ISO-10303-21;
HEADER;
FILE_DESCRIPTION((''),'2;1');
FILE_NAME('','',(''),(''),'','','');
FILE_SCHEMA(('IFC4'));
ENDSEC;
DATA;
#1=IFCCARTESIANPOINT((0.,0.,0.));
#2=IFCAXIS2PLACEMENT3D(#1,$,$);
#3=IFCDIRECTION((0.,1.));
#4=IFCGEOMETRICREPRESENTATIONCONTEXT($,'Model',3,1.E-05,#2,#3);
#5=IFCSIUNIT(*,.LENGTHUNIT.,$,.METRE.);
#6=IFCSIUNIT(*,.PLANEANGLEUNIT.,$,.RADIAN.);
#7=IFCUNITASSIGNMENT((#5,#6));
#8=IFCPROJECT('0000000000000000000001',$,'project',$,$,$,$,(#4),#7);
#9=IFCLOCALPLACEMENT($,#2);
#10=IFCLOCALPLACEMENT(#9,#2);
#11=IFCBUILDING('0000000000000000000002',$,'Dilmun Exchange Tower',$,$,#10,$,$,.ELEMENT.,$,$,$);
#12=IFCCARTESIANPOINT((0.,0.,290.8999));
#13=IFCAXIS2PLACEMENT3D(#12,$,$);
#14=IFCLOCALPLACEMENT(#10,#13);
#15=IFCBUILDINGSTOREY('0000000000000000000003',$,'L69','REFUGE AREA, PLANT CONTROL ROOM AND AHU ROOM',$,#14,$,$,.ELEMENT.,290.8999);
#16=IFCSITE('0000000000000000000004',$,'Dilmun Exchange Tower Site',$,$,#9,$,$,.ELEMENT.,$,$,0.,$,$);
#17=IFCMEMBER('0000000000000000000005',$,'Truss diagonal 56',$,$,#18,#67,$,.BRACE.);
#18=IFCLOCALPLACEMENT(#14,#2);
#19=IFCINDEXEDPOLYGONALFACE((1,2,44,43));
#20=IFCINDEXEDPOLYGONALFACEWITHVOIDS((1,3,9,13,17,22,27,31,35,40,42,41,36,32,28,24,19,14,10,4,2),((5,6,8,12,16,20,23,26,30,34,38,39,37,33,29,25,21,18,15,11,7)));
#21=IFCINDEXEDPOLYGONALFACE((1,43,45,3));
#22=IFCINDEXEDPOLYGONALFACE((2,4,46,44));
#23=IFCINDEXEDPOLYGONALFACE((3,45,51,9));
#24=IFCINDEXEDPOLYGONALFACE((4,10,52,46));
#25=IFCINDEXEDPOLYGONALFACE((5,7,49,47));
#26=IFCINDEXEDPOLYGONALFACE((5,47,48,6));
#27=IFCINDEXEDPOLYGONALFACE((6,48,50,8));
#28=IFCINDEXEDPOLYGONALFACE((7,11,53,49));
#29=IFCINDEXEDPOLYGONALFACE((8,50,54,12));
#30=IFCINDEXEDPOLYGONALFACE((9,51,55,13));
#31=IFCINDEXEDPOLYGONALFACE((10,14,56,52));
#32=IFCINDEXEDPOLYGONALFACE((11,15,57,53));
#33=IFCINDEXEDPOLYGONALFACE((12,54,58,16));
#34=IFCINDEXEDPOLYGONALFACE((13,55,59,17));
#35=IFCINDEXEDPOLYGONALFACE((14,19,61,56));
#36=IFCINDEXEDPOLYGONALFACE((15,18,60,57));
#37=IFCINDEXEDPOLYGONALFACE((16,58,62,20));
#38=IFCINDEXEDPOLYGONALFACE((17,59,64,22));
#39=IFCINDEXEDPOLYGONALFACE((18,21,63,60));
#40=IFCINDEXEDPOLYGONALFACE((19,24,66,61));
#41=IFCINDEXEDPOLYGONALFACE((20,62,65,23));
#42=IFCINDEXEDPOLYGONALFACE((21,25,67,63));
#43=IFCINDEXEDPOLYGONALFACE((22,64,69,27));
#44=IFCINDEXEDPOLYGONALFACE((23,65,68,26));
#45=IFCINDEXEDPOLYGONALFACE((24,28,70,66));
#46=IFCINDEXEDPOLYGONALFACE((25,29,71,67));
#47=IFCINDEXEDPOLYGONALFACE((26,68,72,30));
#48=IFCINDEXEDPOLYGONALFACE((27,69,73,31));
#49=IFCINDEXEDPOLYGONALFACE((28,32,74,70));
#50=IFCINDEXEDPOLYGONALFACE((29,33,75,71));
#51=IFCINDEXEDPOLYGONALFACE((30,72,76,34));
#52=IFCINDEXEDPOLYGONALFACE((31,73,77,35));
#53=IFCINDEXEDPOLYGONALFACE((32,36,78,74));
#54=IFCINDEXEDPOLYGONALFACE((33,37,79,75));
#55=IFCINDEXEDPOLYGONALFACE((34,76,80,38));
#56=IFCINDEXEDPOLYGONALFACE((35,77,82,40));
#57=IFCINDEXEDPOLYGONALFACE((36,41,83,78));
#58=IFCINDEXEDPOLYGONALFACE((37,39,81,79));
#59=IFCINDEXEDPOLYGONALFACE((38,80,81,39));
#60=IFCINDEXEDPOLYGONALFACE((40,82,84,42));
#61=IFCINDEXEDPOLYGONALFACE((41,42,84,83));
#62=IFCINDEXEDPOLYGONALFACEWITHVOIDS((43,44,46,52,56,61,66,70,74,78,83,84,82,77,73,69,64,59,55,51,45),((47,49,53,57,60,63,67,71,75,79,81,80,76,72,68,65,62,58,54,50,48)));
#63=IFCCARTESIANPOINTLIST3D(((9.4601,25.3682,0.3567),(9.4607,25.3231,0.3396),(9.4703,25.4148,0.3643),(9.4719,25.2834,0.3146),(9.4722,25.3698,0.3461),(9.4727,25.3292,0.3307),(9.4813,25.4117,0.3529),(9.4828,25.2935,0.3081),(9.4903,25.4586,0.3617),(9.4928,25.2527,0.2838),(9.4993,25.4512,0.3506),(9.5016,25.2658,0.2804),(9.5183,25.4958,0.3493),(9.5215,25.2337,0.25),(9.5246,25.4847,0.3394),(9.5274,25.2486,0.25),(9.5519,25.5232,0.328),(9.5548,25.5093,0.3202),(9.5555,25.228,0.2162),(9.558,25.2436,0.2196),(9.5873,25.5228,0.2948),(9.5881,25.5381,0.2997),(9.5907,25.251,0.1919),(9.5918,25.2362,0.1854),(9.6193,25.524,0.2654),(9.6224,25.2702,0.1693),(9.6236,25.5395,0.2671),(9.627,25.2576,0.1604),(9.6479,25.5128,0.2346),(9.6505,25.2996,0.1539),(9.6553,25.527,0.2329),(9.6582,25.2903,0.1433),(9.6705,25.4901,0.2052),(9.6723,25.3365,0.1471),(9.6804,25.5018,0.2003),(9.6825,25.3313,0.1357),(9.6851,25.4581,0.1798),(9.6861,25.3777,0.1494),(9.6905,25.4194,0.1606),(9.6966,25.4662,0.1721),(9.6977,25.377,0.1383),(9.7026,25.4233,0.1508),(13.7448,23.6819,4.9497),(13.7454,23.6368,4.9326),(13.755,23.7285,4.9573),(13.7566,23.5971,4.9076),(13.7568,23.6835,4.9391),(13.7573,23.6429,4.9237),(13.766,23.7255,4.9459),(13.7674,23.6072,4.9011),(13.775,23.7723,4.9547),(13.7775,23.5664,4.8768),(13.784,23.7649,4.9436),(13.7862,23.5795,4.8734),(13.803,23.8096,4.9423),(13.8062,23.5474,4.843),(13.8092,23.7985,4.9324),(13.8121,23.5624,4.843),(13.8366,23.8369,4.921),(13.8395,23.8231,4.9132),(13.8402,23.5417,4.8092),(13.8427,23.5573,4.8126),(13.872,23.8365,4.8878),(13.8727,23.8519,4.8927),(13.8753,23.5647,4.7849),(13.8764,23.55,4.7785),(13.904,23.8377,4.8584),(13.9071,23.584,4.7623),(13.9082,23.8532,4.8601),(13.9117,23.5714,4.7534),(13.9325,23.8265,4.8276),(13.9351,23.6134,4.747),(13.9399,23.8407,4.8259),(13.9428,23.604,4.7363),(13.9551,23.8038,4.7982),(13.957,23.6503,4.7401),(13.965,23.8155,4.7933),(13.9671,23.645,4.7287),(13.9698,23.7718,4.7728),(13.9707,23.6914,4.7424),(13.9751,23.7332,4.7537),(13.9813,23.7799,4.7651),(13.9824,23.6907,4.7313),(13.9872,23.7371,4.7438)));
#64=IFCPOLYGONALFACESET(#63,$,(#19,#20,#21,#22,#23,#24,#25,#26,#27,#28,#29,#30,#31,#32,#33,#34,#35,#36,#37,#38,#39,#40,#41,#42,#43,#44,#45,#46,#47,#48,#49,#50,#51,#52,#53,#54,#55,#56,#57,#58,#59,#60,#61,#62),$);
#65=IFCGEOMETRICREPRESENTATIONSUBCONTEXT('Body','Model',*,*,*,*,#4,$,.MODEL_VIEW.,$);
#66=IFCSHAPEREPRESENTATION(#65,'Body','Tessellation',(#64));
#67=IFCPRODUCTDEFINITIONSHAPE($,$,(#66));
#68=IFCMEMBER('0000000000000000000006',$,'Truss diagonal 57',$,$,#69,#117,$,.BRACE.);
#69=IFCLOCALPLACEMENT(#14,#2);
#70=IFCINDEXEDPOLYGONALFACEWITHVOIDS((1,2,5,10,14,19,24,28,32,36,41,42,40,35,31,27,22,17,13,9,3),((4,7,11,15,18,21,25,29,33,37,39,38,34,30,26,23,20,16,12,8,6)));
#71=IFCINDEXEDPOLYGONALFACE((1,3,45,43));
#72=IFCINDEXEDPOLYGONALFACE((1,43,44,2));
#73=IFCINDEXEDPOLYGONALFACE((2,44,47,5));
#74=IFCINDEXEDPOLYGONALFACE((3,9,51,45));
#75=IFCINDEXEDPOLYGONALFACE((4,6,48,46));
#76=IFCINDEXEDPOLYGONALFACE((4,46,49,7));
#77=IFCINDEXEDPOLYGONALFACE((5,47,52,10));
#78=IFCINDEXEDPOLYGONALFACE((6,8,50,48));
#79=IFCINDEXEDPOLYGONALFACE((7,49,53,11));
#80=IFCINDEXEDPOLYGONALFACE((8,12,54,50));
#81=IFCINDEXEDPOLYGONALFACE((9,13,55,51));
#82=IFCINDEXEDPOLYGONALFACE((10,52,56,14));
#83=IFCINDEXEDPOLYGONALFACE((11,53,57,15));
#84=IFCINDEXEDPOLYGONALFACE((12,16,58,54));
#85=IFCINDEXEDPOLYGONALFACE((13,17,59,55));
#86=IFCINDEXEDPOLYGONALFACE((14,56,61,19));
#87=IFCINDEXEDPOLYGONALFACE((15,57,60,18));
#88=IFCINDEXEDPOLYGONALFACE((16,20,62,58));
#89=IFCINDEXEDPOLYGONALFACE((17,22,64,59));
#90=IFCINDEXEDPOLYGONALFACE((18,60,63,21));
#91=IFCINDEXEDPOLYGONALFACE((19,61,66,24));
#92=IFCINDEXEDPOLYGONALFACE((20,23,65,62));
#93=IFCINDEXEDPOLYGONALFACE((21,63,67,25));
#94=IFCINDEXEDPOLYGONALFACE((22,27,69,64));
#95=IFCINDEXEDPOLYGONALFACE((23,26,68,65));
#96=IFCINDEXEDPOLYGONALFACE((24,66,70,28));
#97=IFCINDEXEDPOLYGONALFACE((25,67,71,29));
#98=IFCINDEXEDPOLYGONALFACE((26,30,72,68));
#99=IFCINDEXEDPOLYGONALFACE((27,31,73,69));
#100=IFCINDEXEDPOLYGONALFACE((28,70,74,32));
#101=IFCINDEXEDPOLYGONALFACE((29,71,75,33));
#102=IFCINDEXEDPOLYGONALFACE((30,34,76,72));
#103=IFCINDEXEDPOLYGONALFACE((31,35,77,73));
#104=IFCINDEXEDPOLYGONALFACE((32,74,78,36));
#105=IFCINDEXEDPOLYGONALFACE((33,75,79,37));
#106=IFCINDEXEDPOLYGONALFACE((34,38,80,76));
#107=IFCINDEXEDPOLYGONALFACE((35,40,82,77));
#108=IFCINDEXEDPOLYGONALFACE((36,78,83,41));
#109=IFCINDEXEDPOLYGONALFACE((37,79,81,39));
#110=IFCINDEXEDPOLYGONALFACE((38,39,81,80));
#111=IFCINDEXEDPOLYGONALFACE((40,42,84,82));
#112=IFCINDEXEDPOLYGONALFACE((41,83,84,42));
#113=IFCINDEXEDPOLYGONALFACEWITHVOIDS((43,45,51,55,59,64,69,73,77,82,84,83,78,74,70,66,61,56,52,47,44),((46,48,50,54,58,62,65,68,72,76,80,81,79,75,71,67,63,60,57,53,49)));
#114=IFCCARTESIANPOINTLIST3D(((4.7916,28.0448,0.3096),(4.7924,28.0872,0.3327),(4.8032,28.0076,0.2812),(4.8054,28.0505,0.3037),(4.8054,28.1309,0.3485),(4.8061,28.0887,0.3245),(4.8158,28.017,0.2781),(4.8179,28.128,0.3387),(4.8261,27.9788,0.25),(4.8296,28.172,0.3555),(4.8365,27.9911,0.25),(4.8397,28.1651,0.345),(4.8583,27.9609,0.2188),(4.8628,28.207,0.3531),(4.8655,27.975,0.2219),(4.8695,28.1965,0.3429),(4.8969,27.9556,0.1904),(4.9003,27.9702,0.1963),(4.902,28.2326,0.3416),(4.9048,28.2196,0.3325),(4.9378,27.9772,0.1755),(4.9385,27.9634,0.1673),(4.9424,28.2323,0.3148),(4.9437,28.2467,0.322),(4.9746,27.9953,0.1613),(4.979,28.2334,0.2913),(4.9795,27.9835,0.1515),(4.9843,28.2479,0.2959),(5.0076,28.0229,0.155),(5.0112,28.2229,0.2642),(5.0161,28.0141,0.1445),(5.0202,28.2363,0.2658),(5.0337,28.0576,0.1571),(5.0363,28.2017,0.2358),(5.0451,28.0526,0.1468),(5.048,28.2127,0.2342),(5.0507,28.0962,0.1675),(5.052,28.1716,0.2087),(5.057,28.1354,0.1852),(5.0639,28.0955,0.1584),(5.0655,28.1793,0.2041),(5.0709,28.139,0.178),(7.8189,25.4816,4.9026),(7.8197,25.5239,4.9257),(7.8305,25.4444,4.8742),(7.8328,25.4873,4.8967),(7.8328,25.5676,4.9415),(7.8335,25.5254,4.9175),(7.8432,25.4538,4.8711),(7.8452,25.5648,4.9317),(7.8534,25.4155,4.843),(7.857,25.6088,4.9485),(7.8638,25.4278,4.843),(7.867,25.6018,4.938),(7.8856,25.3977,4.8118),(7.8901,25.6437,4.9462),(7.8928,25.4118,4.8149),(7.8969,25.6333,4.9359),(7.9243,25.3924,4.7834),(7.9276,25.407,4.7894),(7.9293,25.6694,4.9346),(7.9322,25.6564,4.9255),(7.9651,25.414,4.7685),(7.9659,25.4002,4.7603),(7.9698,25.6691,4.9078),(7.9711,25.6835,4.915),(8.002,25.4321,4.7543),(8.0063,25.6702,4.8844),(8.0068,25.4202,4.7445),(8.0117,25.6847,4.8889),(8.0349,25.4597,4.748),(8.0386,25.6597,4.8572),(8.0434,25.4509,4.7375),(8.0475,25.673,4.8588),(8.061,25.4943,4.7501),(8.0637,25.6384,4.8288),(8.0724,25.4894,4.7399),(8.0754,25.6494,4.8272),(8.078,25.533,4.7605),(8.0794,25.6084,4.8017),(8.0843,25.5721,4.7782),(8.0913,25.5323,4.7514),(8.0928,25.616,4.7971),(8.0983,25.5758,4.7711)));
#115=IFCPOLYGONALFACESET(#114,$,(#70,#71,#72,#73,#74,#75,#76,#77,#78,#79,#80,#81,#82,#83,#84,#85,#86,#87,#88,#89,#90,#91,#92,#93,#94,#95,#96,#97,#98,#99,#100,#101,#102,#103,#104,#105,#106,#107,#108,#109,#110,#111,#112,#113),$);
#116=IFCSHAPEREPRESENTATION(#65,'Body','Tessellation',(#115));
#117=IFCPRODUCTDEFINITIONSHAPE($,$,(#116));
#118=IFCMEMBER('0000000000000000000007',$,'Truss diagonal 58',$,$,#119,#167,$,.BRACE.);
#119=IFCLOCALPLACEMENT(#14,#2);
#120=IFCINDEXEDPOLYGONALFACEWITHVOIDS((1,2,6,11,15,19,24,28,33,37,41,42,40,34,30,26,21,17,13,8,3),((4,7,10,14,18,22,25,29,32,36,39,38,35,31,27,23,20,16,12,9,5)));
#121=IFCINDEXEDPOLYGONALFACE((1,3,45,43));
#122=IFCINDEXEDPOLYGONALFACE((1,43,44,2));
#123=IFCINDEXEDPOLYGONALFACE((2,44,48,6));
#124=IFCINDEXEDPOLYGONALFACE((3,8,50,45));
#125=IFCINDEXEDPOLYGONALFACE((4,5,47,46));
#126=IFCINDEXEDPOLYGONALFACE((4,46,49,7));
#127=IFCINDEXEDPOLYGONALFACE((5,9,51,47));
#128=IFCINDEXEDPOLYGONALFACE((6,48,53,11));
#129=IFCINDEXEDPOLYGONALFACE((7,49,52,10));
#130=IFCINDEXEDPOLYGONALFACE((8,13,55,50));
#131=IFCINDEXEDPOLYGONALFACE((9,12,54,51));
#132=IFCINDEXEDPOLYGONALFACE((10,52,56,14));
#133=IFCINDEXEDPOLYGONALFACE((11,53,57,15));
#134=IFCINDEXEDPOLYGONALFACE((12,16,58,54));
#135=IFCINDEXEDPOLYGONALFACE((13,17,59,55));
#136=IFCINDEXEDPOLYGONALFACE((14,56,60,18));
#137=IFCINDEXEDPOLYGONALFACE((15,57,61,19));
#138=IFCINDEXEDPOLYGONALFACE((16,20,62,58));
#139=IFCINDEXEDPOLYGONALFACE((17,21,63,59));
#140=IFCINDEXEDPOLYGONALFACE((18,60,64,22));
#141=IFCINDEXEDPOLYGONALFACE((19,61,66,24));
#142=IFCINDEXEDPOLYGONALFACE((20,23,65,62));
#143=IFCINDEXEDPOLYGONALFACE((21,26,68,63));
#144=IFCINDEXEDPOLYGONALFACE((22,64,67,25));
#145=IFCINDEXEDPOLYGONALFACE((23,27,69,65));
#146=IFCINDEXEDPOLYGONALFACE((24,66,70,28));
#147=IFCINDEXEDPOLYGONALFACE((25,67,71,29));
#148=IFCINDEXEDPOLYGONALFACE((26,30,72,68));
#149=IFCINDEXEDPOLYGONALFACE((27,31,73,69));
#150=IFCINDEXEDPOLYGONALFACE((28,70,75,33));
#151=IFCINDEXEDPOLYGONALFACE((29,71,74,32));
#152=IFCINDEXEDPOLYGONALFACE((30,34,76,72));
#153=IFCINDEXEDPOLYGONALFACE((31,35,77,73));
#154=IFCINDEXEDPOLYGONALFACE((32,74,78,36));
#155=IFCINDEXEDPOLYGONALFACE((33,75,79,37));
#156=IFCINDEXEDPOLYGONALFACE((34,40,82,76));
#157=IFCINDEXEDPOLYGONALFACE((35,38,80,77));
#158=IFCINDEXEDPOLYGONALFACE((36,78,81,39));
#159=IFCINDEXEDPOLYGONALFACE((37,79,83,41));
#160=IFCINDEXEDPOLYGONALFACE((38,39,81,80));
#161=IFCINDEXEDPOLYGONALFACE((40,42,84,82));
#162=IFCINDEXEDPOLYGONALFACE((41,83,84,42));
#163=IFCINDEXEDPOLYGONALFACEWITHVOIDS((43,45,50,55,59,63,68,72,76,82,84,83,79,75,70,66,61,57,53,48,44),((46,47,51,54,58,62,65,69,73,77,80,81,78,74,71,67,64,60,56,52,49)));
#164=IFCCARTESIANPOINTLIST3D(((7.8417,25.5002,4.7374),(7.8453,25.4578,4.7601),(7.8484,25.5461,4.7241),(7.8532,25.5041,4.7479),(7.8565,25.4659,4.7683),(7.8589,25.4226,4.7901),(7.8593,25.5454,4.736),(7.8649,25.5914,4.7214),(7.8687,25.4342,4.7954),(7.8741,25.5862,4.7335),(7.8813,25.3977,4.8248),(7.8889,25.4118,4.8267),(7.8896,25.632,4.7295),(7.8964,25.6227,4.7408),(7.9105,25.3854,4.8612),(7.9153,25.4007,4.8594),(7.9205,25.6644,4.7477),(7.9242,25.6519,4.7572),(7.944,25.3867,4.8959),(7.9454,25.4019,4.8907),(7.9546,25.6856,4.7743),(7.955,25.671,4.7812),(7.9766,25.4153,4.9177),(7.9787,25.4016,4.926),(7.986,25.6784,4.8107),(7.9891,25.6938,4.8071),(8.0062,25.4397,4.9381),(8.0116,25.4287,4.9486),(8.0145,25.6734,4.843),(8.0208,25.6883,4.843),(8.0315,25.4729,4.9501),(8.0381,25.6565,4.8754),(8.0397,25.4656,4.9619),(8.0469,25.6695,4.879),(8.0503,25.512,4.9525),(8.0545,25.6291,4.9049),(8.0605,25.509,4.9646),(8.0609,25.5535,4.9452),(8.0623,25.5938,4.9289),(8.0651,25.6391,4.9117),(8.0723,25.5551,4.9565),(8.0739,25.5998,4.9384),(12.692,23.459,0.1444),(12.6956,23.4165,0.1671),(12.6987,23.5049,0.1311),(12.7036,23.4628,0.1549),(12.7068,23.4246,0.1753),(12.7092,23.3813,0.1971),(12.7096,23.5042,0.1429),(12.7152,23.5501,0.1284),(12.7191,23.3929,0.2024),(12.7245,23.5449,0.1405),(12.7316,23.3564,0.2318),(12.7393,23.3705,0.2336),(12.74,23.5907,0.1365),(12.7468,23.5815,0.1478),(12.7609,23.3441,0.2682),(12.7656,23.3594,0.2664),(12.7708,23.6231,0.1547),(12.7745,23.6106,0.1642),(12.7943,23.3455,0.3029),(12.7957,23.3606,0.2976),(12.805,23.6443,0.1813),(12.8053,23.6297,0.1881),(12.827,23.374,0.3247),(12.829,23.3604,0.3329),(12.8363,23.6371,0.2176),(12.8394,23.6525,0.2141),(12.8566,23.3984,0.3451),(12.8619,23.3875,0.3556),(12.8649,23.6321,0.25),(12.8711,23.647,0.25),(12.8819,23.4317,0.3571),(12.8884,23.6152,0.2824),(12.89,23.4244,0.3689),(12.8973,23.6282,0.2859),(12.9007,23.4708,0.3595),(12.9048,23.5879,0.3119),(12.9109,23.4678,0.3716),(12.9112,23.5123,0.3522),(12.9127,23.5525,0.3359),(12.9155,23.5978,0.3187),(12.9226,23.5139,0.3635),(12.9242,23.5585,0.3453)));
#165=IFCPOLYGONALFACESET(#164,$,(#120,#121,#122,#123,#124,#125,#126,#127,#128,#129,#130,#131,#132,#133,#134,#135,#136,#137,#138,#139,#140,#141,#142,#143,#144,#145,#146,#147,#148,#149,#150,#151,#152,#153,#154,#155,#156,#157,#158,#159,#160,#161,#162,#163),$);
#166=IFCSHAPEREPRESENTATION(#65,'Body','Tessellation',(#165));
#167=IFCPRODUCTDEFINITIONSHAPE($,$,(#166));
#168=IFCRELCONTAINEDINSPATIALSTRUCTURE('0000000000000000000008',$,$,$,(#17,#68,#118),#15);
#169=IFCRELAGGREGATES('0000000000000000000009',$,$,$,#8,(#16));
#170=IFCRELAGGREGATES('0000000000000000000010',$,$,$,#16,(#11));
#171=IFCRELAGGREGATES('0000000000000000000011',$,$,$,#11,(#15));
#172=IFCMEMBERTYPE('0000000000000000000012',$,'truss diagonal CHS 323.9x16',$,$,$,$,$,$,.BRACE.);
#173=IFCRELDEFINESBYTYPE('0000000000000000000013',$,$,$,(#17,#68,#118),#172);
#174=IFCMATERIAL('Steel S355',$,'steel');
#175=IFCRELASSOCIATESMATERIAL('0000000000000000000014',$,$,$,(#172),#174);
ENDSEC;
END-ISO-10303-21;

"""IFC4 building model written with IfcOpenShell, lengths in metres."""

from ifc_helpers import new_model, si_unit, direction, frame, origin, origin_2d, place, context, subcontext, project, spatial, hollow_circle, extrude, material, material_profile, profile_set, type_object, element, save


model = new_model("IFC4")

# Units and contexts
model_context = context("Model", 3, precision=1e-05, world=origin(), true_north=direction((0.0, 1.0)))
body_context = subcontext(model_context, "Body", "Model", "MODEL_VIEW")
ifc_project = project(units=[si_unit("LENGTHUNIT", "METRE"), si_unit("PLANEANGLEUNIT", "RADIAN")], contexts=[model_context])

# Site, building, storey
site_placement = place(None, origin())
site = spatial("IfcSite", under=ifc_project, at=site_placement, Name="Dilmun Exchange Tower Site", CompositionType="ELEMENT", RefElevation=0.0)
building_placement = place(site_placement, origin())
building = spatial("IfcBuilding", under=site, at=building_placement, Name="Dilmun Exchange Tower", CompositionType="ELEMENT")
storey_placement = place(building_placement, frame((0.0, 0.0, 290.8999)))
storey = spatial("IfcBuildingStorey", under=building, at=storey_placement, Name="L69", Description="REFUGE AREA, PLANT CONTROL ROOM AND AHU ROOM", CompositionType="ELEMENT", Elevation=290.8999)

# Shared definitions
ifc_material_1 = material(Name="Steel S355", Category="steel")

# Members
ifc_material_profile_1 = material_profile(ifc_material_1, hollow_circle(Radius=0.1619, WallThickness=0.0161, at=origin_2d()), Name="CHS 323.9x16")
ifc_profile_set_1 = profile_set([ifc_material_profile_1], Name="Steel S355")
member_type = type_object("IfcMemberType", Name="truss diagonal CHS 323.9x16", PredefinedType="BRACE", material=ifc_profile_set_1)
member_1_placement = place(storey_placement, frame((13.8655, 23.698, 4.843), z_axis=(-0.658808, 0.259281, -0.706219), x_axis=(-0.36622, -0.930528, 0.0)))
element("IfcMember", 1, at=member_1_placement, inside=storey, type_object=member_type, Name="Truss diagonal 56", PredefinedType="BRACE", context=body_context, shape_type="SweptSolid", body=[
    extrude(hollow_circle(Radius=0.1619, WallThickness=0.0161, at=origin_2d()), origin(), (0.0, 0.0, 1.0), 6.5037),
])
member_2_placement = place(storey_placement, frame((7.958, 25.5391, 4.843), z_axis=(-0.498834, 0.42236, -0.75682), x_axis=(-0.646182, -0.763183, 0.0)))
element("IfcMember", 2, at=member_2_placement, inside=storey, type_object=member_type, Name="Truss diagonal 57", PredefinedType="BRACE", context=body_context, shape_type="SweptSolid", body=[
    extrude(hollow_circle(Radius=0.1619, WallThickness=0.0161, at=origin_2d()), origin(), (0.0, 0.0, 1.0), 6.0688),
])
member_3_placement = place(storey_placement, frame((7.958, 25.5391, 4.843), z_axis=(0.694407, -0.29224, -0.657567), x_axis=(0.387897, 0.921703, 0.0)))
element("IfcMember", 3, at=member_3_placement, inside=storey, type_object=member_type, Name="Truss diagonal 58", PredefinedType="BRACE", context=body_context, shape_type="SweptSolid", body=[
    extrude(hollow_circle(Radius=0.1619, WallThickness=0.0161, at=origin_2d()), origin(), (0.0, 0.0, 1.0), 6.9849),
])

save(model, "model.ifc")
